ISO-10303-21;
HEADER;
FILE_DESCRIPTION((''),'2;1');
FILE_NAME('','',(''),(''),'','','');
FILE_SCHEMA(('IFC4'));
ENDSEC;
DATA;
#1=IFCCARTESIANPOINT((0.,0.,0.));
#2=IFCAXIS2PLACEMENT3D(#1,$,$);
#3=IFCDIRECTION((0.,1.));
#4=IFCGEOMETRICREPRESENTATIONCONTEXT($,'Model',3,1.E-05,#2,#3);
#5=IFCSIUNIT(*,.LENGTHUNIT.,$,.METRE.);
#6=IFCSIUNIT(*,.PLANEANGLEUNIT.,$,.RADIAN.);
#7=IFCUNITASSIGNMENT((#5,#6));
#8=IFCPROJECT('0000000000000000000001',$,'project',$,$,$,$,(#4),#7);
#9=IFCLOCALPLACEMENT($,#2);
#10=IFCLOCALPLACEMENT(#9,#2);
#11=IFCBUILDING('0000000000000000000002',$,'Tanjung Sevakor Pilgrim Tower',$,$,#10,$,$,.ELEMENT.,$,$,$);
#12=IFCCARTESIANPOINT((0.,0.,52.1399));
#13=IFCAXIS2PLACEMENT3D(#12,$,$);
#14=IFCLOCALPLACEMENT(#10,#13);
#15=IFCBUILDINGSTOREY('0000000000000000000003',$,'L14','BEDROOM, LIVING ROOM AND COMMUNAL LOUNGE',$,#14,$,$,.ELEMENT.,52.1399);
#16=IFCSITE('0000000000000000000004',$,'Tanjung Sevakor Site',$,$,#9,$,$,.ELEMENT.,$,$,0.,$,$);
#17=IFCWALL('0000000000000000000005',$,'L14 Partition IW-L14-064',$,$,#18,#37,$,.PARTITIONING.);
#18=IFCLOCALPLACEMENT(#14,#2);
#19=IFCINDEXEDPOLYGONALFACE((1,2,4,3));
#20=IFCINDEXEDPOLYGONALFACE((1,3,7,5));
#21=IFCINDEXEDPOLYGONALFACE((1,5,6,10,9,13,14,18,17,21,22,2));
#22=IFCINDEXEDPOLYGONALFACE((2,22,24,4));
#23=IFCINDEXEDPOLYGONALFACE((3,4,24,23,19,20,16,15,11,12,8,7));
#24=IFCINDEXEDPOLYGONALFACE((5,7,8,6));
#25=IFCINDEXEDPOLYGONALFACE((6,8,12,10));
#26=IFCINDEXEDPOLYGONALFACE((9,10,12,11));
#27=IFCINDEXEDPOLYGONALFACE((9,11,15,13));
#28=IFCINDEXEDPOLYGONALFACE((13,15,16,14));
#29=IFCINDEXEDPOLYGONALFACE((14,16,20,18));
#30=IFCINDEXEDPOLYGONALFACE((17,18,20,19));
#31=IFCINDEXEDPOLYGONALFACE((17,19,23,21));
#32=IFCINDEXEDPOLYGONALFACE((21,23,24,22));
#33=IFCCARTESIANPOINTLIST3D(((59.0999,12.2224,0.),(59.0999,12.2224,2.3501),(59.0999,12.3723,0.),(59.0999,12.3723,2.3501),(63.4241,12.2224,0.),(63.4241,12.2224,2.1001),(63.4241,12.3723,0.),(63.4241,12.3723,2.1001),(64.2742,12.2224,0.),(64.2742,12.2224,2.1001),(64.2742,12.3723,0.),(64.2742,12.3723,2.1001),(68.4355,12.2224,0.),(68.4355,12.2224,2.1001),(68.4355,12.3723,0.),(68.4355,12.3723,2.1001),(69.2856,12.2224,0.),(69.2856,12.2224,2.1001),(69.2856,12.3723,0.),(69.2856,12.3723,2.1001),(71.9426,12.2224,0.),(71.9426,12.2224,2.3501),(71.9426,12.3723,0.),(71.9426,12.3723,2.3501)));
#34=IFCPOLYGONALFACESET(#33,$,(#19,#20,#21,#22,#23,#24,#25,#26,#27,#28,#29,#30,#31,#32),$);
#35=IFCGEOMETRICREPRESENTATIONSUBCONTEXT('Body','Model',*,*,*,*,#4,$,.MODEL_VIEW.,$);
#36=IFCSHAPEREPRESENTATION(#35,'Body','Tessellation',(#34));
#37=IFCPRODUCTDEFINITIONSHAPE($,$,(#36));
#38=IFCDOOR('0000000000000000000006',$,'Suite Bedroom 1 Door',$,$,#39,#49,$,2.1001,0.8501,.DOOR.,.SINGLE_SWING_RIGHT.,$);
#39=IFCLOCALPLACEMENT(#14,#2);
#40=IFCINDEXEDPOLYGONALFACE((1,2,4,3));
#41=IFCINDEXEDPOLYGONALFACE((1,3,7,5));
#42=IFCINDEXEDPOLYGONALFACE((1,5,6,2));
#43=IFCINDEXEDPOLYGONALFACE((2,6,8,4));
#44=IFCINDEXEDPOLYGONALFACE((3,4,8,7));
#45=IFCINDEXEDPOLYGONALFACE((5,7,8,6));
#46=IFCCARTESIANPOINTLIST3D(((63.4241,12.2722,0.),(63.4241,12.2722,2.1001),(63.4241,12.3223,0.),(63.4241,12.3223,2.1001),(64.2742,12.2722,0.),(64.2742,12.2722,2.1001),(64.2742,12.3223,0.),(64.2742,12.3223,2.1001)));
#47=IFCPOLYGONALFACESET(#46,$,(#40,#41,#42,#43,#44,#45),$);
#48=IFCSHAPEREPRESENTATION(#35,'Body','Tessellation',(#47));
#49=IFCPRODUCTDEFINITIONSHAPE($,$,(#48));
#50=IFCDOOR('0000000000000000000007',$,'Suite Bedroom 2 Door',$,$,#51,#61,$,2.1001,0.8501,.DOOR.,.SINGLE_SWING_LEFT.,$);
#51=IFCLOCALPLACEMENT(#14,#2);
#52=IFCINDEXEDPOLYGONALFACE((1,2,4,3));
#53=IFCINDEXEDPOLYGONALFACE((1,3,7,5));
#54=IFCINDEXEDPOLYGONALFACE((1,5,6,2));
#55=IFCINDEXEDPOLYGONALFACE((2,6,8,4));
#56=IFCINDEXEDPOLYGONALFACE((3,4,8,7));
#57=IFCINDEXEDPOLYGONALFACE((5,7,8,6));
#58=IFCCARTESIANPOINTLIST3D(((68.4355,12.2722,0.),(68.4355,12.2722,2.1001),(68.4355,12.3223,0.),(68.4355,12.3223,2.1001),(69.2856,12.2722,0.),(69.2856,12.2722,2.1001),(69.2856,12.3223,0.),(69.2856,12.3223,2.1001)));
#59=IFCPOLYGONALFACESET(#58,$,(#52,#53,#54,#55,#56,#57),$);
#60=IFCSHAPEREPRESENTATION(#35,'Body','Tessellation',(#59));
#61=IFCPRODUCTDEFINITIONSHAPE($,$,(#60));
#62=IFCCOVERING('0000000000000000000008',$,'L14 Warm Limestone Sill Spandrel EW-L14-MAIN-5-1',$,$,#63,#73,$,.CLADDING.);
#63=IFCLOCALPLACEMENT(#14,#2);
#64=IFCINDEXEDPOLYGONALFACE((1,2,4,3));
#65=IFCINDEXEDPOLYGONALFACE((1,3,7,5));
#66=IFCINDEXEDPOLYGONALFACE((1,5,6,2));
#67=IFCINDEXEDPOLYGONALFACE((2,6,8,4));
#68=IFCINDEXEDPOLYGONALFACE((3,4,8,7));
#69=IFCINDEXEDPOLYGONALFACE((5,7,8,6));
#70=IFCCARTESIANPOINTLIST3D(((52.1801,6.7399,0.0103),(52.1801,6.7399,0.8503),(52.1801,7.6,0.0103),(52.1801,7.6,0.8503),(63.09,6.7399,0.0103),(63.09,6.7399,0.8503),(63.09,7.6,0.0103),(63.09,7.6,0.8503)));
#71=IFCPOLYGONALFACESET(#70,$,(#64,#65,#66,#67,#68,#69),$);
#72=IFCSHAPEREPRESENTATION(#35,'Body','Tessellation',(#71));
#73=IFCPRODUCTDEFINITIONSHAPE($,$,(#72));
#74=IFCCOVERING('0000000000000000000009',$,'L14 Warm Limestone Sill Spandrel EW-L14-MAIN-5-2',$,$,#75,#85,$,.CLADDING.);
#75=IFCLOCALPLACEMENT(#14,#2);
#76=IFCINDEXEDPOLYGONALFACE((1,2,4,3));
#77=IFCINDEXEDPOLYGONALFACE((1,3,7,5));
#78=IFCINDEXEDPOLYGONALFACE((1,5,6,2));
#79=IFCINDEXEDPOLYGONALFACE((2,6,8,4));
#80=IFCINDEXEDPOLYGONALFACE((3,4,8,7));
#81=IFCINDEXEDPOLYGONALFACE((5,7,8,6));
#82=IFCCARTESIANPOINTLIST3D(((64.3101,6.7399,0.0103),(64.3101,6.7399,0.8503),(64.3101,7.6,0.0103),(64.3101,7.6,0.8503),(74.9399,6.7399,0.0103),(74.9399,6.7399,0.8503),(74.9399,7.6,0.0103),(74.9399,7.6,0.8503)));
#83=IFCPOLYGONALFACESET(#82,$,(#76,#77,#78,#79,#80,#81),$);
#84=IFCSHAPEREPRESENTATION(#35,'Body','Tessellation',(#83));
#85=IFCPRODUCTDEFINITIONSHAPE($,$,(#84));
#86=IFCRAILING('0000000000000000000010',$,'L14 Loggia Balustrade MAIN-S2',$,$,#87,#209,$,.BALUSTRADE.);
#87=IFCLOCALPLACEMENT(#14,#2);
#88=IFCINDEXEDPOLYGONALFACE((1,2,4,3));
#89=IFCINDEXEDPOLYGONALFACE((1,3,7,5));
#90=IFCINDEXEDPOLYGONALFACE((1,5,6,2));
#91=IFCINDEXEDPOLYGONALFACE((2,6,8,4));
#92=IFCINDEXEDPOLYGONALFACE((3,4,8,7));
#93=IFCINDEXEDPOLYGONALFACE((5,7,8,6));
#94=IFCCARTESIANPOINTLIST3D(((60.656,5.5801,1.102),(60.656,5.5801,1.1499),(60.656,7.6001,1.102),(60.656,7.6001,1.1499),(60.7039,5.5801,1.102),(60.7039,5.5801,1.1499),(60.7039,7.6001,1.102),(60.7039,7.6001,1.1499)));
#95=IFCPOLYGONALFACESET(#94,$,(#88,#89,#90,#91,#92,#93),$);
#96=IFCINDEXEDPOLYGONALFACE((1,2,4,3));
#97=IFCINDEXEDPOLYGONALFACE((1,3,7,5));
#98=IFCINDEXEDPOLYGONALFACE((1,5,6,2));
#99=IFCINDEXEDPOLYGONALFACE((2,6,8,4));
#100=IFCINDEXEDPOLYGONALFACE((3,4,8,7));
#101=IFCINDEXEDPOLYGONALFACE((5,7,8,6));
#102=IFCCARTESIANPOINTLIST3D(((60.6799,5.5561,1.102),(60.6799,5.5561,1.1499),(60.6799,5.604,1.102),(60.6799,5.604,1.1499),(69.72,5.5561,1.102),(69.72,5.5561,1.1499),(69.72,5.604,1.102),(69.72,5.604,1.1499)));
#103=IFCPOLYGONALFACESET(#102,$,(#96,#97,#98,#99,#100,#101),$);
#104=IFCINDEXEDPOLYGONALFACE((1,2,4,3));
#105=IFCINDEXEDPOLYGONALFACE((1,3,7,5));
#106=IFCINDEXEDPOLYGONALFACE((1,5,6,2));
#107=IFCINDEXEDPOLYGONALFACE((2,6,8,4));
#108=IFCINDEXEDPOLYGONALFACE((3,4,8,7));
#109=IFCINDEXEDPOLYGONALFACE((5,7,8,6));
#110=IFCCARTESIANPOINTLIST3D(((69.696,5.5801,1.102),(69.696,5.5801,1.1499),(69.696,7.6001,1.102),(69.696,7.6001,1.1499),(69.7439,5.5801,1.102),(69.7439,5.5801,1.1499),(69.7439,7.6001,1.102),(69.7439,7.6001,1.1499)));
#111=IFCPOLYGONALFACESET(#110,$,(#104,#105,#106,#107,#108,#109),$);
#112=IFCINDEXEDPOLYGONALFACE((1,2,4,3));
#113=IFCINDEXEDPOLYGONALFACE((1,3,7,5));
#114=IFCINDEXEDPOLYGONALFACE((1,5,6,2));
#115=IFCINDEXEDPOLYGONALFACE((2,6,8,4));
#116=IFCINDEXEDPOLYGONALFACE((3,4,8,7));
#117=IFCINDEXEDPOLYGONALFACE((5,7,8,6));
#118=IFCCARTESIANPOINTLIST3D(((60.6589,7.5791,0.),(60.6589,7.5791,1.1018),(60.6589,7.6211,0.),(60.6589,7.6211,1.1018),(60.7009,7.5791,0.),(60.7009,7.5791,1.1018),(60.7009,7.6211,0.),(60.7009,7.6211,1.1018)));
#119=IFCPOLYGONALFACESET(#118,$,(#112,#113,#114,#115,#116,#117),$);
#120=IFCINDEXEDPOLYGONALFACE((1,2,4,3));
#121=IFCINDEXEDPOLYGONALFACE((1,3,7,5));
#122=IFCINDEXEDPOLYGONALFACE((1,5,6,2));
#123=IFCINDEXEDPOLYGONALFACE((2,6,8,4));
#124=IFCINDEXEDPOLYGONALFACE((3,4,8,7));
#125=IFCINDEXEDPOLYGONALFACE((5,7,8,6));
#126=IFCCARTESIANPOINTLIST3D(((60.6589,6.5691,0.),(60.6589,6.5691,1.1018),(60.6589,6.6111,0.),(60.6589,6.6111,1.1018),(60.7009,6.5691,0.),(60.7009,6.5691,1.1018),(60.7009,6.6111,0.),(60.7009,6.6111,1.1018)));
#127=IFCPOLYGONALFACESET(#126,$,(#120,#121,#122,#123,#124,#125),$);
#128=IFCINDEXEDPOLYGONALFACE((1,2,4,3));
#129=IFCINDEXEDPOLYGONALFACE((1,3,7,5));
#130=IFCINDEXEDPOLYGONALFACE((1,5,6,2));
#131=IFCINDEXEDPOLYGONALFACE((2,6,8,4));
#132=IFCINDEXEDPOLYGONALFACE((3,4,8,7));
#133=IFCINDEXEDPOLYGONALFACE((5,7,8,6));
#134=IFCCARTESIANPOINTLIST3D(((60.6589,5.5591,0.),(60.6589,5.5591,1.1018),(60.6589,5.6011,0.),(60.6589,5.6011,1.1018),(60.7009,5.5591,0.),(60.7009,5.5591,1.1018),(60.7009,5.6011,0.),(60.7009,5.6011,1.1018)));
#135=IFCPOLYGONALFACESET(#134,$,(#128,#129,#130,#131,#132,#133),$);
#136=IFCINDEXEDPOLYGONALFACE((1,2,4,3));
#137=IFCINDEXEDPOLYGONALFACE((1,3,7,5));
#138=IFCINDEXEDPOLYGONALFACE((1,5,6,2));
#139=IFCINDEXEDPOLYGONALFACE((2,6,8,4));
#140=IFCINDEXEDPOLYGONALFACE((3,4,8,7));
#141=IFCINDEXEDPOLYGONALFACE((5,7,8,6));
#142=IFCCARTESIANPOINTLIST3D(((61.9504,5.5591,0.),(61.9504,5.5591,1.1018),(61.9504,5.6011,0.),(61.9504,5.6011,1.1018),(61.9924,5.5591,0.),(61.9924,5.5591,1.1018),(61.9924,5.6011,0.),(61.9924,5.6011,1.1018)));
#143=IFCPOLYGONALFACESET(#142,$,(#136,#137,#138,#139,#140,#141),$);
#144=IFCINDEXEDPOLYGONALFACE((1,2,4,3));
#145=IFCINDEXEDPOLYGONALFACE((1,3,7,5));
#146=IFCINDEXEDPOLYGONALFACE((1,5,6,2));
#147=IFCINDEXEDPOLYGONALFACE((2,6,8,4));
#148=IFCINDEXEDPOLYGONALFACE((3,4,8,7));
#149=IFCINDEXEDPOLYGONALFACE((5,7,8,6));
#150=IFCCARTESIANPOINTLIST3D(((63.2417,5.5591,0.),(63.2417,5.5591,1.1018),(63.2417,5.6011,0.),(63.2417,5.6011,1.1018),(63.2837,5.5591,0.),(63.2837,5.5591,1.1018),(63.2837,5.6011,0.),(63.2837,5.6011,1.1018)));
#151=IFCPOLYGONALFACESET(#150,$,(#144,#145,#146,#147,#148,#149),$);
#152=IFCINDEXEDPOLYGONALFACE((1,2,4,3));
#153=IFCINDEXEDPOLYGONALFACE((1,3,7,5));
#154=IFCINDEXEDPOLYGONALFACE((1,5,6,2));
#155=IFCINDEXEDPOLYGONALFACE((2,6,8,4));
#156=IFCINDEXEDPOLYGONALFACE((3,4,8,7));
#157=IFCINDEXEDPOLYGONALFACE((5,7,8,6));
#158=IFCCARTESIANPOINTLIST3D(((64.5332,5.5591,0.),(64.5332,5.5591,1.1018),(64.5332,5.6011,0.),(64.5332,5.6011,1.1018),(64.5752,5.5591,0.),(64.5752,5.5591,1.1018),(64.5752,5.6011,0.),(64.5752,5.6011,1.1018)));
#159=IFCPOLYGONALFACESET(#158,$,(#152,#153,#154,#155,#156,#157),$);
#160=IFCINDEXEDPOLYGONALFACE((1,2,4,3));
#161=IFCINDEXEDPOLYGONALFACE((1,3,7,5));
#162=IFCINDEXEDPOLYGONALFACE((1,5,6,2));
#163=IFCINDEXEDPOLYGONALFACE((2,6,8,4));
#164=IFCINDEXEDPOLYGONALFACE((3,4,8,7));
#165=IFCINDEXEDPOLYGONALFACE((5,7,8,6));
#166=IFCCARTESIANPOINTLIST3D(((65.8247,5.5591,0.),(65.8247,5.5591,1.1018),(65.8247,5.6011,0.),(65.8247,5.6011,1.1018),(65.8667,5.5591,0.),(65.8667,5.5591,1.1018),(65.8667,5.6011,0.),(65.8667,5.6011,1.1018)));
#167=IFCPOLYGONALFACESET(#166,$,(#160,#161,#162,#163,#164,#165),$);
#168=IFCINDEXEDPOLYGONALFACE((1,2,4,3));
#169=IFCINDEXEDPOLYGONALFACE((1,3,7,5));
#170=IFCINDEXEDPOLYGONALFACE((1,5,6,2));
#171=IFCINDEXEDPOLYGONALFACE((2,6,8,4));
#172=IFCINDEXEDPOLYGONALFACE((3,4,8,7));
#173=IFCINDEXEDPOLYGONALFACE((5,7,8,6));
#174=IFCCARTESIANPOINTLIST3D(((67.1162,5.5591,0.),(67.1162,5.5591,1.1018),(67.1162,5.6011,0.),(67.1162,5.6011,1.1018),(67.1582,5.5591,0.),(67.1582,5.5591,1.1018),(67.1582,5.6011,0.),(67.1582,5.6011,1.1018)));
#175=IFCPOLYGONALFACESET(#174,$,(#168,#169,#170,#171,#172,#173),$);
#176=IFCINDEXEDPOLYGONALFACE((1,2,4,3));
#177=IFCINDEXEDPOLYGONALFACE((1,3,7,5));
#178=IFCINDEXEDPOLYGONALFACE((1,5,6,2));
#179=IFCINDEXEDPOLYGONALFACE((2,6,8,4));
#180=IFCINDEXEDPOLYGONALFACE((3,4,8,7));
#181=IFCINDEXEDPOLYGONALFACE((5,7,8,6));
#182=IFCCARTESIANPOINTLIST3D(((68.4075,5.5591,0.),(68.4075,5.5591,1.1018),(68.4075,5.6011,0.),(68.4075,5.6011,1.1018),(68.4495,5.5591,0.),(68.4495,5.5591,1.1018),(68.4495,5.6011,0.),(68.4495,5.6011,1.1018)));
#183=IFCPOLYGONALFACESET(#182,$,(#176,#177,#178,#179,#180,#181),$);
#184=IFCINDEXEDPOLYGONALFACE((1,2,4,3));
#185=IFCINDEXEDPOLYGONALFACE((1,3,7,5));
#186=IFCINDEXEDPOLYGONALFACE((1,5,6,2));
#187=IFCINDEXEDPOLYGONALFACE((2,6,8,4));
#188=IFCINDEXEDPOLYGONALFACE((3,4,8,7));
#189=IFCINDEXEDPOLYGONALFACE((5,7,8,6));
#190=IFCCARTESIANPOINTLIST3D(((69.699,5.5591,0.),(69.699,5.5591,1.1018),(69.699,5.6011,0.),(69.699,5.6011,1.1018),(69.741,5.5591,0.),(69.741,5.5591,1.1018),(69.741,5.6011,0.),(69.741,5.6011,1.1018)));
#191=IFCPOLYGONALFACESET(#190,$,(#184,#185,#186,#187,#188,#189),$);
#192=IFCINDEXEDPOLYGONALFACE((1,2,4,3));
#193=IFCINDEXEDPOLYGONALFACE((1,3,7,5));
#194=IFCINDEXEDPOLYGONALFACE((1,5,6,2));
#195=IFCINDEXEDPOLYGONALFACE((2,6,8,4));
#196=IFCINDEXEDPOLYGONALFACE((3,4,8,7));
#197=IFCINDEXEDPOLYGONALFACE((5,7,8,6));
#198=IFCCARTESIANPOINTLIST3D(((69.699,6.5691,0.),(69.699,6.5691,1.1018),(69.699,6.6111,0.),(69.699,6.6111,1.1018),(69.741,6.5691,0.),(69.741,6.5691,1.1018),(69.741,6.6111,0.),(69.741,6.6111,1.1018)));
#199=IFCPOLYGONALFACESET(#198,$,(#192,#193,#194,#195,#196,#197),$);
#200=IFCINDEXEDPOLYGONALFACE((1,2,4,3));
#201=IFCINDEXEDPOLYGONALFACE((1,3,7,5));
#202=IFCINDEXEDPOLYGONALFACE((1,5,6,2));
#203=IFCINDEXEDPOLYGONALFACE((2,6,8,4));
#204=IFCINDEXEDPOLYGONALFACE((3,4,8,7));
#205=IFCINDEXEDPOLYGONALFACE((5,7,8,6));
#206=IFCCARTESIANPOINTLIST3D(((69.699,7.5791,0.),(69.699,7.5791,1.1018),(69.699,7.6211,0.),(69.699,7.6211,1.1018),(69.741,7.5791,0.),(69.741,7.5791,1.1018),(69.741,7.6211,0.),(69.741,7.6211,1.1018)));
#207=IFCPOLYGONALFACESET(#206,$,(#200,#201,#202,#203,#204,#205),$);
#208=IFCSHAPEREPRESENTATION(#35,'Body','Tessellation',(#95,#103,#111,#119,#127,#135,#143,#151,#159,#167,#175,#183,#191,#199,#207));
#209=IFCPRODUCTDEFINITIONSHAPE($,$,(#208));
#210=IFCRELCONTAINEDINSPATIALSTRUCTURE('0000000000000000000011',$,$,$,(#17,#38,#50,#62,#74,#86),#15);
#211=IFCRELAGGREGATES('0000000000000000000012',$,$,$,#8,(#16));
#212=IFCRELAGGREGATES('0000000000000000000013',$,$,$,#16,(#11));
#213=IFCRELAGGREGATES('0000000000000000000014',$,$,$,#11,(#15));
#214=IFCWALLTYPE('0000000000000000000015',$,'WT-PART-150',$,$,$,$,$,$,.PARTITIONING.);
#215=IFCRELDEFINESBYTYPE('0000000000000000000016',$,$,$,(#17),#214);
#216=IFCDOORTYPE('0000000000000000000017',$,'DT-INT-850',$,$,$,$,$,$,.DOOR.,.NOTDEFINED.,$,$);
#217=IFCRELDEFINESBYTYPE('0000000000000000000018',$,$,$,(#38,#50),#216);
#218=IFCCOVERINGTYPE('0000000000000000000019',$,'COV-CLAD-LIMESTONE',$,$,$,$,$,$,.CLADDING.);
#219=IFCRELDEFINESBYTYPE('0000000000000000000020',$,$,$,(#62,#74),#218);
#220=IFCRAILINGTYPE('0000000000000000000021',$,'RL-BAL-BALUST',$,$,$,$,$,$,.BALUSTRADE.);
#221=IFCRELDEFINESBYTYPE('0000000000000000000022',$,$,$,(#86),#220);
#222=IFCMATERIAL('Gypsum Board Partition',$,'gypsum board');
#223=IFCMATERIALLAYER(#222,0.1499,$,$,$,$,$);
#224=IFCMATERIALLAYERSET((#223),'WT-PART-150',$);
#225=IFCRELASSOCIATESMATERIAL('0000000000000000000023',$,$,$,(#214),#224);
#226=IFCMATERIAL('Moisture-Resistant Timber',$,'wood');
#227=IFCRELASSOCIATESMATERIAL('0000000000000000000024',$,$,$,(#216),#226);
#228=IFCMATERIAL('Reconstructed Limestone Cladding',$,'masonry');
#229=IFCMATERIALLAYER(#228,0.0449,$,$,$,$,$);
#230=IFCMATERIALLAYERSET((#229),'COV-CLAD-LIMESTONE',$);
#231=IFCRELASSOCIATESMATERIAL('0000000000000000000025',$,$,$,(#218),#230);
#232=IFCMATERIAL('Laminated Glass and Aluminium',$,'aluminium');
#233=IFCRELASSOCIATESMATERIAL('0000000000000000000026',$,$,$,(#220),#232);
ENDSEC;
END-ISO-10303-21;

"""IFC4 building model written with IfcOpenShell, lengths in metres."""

from ifc_helpers import new_model, si_unit, direction, frame, frame_2d, origin, origin_2d, place, context, subcontext, project, spatial, rectangle, extrude, material, layer, layer_set, type_object, element, fill, save


model = new_model("IFC4")

# Units and contexts
model_context = context("Model", 3, precision=1e-05, world=origin(), true_north=direction((0.0, 1.0)))
body_context = subcontext(model_context, "Body", "Model", "MODEL_VIEW")
ifc_project = project(units=[si_unit("LENGTHUNIT", "METRE"), si_unit("PLANEANGLEUNIT", "RADIAN")], contexts=[model_context])

# Site, building, storey
site_placement = place(None, origin())
site = spatial("IfcSite", under=ifc_project, at=site_placement, Name="Tanjung Sevakor Site", CompositionType="ELEMENT", RefElevation=0.0)
building_placement = place(site_placement, origin())
building = spatial("IfcBuilding", under=site, at=building_placement, Name="Tanjung Sevakor Pilgrim Tower", CompositionType="ELEMENT")
storey_placement = place(building_placement, frame((0.0, 0.0, 52.1399)))
storey = spatial("IfcBuildingStorey", under=building, at=storey_placement, Name="L14", Description="BEDROOM, LIVING ROOM AND COMMUNAL LOUNGE", CompositionType="ELEMENT", Elevation=52.1399)

# Shared definitions
ifc_material_1 = material(Name="Gypsum Board Partition", Category="gypsum board")
ifc_layer_1 = layer(ifc_material_1, 0.1499)
ifc_layer_set_1 = layer_set([ifc_layer_1], Name="WT-PART-150")
wall_type_1 = type_object("IfcWallType", Name="WT-PART-150", PredefinedType="PARTITIONING", material=ifc_layer_set_1)
ifc_material_2 = material(Name="Moisture-Resistant Timber", Category="wood")
door_type = type_object("IfcDoorType", Name="DT-INT-850", OperationType="NOTDEFINED", PredefinedType="DOOR", material=ifc_material_2)

# Wall, openings, doors
wall_1_placement = place(storey_placement, frame((59.0999, 12.2974, 0.0), z_axis=(0.0, 0.0, 1.0), x_axis=(1.0, 0.0, 0.0)))
wall_1 = element("IfcWall", 1, at=wall_1_placement, inside=storey, type_object=wall_type_1, Name="L14 Partition IW-L14-064", PredefinedType="PARTITIONING", context=body_context, shape_type="SweptSolid", body=[
    extrude(rectangle(XDim=12.8428, YDim=0.1499, at=frame_2d((6.4214, 0.0))), origin(), (0.0, 0.0, 1.0), 2.3501),
])
opening_1_placement = place(wall_1_placement, frame((4.3242, 0.0, 0.0)))
opening_1 = element("IfcOpeningElement", 2, at=opening_1_placement, cuts=wall_1, PredefinedType="OPENING", context=body_context, shape_type="SweptSolid", body=[
    extrude(rectangle(XDim=0.8501, YDim=2.1001, at=frame_2d((0.425, 1.05))), frame((0.0, 0.085, 0.0), z_axis=(0.0, -1.0, 0.0), x_axis=(1.0, 0.0, 0.0)), (0.0, 0.0, 1.0), 0.1699),
])
opening_2_placement = place(wall_1_placement, frame((9.3357, 0.0, 0.0)))
opening_2 = element("IfcOpeningElement", 3, at=opening_2_placement, cuts=wall_1, PredefinedType="OPENING", context=body_context, shape_type="SweptSolid", body=[
    extrude(rectangle(XDim=0.8501, YDim=2.1001, at=frame_2d((0.425, 1.05))), frame((0.0, 0.085, 0.0), z_axis=(0.0, -1.0, 0.0), x_axis=(1.0, 0.0, 0.0)), (0.0, 0.0, 1.0), 0.1699),
])
door_1_placement = place(opening_1_placement, origin())
door_1 = element("IfcDoor", 4, at=door_1_placement, inside=storey, type_object=door_type, Name="Suite Bedroom 1 Door", OperationType="SINGLE_SWING_RIGHT", OverallHeight=2.1001, OverallWidth=0.8501, PredefinedType="DOOR", context=body_context, shape_type="SweptSolid", body=[
    extrude(rectangle(XDim=0.8501, YDim=2.1001, at=frame_2d((0.425, 1.05))), frame((0.0, 0.0249, 0.0), z_axis=(0.0, -1.0, 0.0), x_axis=(1.0, 0.0, 0.0)), (0.0, 0.0, 1.0), 0.05),
])
fill(opening_1, door_1)
door_2_placement = place(opening_2_placement, origin())
door_2 = element("IfcDoor", 5, at=door_2_placement, inside=storey, type_object=door_type, Name="Suite Bedroom 2 Door", OperationType="SINGLE_SWING_LEFT", OverallHeight=2.1001, OverallWidth=0.8501, PredefinedType="DOOR", context=body_context, shape_type="SweptSolid", body=[
    extrude(rectangle(XDim=0.8501, YDim=2.1001, at=frame_2d((0.425, 1.05))), frame((0.0, 0.0249, 0.0), z_axis=(0.0, -1.0, 0.0), x_axis=(1.0, 0.0, 0.0)), (0.0, 0.0, 1.0), 0.05),
])
fill(opening_2, door_2)

# Coverings
ifc_material_3 = material(Name="Reconstructed Limestone Cladding", Category="masonry")
ifc_layer_2 = layer(ifc_material_3, 0.0449)
ifc_layer_set_2 = layer_set([ifc_layer_2], Name="COV-CLAD-LIMESTONE")
covering_type = type_object("IfcCoveringType", Name="COV-CLAD-LIMESTONE", PredefinedType="CLADDING", material=ifc_layer_set_2)
covering_1_placement = place(storey_placement, frame((57.635, 7.1699, 0.0103), z_axis=(0.0, 0.0, 1.0), x_axis=(1.0, 0.0, 0.0)))
element("IfcCovering", 6, at=covering_1_placement, inside=storey, type_object=covering_type, Name="L14 Warm Limestone Sill Spandrel EW-L14-MAIN-5-1", PredefinedType="CLADDING", context=body_context, shape_type="SweptSolid", body=[
    extrude(rectangle(XDim=10.9099, YDim=0.8601, at=origin_2d()), origin(), (0.0, 0.0, 1.0), 0.8401),
])
covering_2_placement = place(storey_placement, frame((69.625, 7.1699, 0.0103), z_axis=(0.0, 0.0, 1.0), x_axis=(1.0, 0.0, 0.0)))
element("IfcCovering", 7, at=covering_2_placement, inside=storey, type_object=covering_type, Name="L14 Warm Limestone Sill Spandrel EW-L14-MAIN-5-2", PredefinedType="CLADDING", context=body_context, shape_type="SweptSolid", body=[
    extrude(rectangle(XDim=10.6299, YDim=0.8601, at=origin_2d()), origin(), (0.0, 0.0, 1.0), 0.8401),
])

# Railing
ifc_material_4 = material(Name="Laminated Glass and Aluminium", Category="aluminium")
railing_type_1 = type_object("IfcRailingType", Name="RL-BAL-BALUST", PredefinedType="BALUSTRADE", material=ifc_material_4)
railing_1_placement = place(storey_placement, frame((60.6799, 7.6001, 0.0)))
element("IfcRailing", 8, at=railing_1_placement, inside=storey, type_object=railing_type_1, Name="L14 Loggia Balustrade MAIN-S2", PredefinedType="BALUSTRADE", context=body_context, shape_type="SweptSolid", body=[
    extrude(rectangle(XDim=0.0479, YDim=0.0479), frame((0.0, 0.0, 1.126), z_axis=(0.0, -1.0, 0.0), x_axis=(1.0, 0.0, 0.0)), (0.0, 0.0, 1.0), 2.02),
    extrude(rectangle(XDim=0.0479, YDim=0.0479), frame((0.0, -2.02, 1.126), z_axis=(1.0, 0.0, 0.0), x_axis=(0.0, 1.0, 0.0)), (0.0, 0.0, 1.0), 9.04),
    extrude(rectangle(XDim=0.0479, YDim=0.0479), frame((9.04, -2.02, 1.126), z_axis=(0.0, 1.0, 0.0), x_axis=(-1.0, 0.0, 0.0)), (0.0, 0.0, 1.0), 2.02),
    extrude(rectangle(XDim=0.042, YDim=0.042), origin(), (0.0, 0.0, 1.0), 1.1018),
    extrude(rectangle(XDim=0.042, YDim=0.042), frame((0.0, -1.01, 0.0)), (0.0, 0.0, 1.0), 1.1018),
    extrude(rectangle(XDim=0.042, YDim=0.042), frame((0.0, -2.02, 0.0)), (0.0, 0.0, 1.0), 1.1018),
    extrude(rectangle(XDim=0.042, YDim=0.042), frame((1.2915, -2.02, 0.0)), (0.0, 0.0, 1.0), 1.1018),
    extrude(rectangle(XDim=0.042, YDim=0.042), frame((2.5828, -2.02, 0.0)), (0.0, 0.0, 1.0), 1.1018),
    extrude(rectangle(XDim=0.042, YDim=0.042), frame((3.8743, -2.02, 0.0)), (0.0, 0.0, 1.0), 1.1018),
    extrude(rectangle(XDim=0.042, YDim=0.042), frame((5.1658, -2.02, 0.0)), (0.0, 0.0, 1.0), 1.1018),
    extrude(rectangle(XDim=0.042, YDim=0.042), frame((6.4573, -2.02, 0.0)), (0.0, 0.0, 1.0), 1.1018),
    extrude(rectangle(XDim=0.042, YDim=0.042), frame((7.7485, -2.02, 0.0)), (0.0, 0.0, 1.0), 1.1018),
    extrude(rectangle(XDim=0.042, YDim=0.042), frame((9.04, -2.02, 0.0)), (0.0, 0.0, 1.0), 1.1018),
    extrude(rectangle(XDim=0.042, YDim=0.042), frame((9.04, -1.01, 0.0)), (0.0, 0.0, 1.0), 1.1018),
    extrude(rectangle(XDim=0.042, YDim=0.042), frame((9.04, 0.0, 0.0)), (0.0, 0.0, 1.0), 1.1018),
])

save(model, "model.ifc")
